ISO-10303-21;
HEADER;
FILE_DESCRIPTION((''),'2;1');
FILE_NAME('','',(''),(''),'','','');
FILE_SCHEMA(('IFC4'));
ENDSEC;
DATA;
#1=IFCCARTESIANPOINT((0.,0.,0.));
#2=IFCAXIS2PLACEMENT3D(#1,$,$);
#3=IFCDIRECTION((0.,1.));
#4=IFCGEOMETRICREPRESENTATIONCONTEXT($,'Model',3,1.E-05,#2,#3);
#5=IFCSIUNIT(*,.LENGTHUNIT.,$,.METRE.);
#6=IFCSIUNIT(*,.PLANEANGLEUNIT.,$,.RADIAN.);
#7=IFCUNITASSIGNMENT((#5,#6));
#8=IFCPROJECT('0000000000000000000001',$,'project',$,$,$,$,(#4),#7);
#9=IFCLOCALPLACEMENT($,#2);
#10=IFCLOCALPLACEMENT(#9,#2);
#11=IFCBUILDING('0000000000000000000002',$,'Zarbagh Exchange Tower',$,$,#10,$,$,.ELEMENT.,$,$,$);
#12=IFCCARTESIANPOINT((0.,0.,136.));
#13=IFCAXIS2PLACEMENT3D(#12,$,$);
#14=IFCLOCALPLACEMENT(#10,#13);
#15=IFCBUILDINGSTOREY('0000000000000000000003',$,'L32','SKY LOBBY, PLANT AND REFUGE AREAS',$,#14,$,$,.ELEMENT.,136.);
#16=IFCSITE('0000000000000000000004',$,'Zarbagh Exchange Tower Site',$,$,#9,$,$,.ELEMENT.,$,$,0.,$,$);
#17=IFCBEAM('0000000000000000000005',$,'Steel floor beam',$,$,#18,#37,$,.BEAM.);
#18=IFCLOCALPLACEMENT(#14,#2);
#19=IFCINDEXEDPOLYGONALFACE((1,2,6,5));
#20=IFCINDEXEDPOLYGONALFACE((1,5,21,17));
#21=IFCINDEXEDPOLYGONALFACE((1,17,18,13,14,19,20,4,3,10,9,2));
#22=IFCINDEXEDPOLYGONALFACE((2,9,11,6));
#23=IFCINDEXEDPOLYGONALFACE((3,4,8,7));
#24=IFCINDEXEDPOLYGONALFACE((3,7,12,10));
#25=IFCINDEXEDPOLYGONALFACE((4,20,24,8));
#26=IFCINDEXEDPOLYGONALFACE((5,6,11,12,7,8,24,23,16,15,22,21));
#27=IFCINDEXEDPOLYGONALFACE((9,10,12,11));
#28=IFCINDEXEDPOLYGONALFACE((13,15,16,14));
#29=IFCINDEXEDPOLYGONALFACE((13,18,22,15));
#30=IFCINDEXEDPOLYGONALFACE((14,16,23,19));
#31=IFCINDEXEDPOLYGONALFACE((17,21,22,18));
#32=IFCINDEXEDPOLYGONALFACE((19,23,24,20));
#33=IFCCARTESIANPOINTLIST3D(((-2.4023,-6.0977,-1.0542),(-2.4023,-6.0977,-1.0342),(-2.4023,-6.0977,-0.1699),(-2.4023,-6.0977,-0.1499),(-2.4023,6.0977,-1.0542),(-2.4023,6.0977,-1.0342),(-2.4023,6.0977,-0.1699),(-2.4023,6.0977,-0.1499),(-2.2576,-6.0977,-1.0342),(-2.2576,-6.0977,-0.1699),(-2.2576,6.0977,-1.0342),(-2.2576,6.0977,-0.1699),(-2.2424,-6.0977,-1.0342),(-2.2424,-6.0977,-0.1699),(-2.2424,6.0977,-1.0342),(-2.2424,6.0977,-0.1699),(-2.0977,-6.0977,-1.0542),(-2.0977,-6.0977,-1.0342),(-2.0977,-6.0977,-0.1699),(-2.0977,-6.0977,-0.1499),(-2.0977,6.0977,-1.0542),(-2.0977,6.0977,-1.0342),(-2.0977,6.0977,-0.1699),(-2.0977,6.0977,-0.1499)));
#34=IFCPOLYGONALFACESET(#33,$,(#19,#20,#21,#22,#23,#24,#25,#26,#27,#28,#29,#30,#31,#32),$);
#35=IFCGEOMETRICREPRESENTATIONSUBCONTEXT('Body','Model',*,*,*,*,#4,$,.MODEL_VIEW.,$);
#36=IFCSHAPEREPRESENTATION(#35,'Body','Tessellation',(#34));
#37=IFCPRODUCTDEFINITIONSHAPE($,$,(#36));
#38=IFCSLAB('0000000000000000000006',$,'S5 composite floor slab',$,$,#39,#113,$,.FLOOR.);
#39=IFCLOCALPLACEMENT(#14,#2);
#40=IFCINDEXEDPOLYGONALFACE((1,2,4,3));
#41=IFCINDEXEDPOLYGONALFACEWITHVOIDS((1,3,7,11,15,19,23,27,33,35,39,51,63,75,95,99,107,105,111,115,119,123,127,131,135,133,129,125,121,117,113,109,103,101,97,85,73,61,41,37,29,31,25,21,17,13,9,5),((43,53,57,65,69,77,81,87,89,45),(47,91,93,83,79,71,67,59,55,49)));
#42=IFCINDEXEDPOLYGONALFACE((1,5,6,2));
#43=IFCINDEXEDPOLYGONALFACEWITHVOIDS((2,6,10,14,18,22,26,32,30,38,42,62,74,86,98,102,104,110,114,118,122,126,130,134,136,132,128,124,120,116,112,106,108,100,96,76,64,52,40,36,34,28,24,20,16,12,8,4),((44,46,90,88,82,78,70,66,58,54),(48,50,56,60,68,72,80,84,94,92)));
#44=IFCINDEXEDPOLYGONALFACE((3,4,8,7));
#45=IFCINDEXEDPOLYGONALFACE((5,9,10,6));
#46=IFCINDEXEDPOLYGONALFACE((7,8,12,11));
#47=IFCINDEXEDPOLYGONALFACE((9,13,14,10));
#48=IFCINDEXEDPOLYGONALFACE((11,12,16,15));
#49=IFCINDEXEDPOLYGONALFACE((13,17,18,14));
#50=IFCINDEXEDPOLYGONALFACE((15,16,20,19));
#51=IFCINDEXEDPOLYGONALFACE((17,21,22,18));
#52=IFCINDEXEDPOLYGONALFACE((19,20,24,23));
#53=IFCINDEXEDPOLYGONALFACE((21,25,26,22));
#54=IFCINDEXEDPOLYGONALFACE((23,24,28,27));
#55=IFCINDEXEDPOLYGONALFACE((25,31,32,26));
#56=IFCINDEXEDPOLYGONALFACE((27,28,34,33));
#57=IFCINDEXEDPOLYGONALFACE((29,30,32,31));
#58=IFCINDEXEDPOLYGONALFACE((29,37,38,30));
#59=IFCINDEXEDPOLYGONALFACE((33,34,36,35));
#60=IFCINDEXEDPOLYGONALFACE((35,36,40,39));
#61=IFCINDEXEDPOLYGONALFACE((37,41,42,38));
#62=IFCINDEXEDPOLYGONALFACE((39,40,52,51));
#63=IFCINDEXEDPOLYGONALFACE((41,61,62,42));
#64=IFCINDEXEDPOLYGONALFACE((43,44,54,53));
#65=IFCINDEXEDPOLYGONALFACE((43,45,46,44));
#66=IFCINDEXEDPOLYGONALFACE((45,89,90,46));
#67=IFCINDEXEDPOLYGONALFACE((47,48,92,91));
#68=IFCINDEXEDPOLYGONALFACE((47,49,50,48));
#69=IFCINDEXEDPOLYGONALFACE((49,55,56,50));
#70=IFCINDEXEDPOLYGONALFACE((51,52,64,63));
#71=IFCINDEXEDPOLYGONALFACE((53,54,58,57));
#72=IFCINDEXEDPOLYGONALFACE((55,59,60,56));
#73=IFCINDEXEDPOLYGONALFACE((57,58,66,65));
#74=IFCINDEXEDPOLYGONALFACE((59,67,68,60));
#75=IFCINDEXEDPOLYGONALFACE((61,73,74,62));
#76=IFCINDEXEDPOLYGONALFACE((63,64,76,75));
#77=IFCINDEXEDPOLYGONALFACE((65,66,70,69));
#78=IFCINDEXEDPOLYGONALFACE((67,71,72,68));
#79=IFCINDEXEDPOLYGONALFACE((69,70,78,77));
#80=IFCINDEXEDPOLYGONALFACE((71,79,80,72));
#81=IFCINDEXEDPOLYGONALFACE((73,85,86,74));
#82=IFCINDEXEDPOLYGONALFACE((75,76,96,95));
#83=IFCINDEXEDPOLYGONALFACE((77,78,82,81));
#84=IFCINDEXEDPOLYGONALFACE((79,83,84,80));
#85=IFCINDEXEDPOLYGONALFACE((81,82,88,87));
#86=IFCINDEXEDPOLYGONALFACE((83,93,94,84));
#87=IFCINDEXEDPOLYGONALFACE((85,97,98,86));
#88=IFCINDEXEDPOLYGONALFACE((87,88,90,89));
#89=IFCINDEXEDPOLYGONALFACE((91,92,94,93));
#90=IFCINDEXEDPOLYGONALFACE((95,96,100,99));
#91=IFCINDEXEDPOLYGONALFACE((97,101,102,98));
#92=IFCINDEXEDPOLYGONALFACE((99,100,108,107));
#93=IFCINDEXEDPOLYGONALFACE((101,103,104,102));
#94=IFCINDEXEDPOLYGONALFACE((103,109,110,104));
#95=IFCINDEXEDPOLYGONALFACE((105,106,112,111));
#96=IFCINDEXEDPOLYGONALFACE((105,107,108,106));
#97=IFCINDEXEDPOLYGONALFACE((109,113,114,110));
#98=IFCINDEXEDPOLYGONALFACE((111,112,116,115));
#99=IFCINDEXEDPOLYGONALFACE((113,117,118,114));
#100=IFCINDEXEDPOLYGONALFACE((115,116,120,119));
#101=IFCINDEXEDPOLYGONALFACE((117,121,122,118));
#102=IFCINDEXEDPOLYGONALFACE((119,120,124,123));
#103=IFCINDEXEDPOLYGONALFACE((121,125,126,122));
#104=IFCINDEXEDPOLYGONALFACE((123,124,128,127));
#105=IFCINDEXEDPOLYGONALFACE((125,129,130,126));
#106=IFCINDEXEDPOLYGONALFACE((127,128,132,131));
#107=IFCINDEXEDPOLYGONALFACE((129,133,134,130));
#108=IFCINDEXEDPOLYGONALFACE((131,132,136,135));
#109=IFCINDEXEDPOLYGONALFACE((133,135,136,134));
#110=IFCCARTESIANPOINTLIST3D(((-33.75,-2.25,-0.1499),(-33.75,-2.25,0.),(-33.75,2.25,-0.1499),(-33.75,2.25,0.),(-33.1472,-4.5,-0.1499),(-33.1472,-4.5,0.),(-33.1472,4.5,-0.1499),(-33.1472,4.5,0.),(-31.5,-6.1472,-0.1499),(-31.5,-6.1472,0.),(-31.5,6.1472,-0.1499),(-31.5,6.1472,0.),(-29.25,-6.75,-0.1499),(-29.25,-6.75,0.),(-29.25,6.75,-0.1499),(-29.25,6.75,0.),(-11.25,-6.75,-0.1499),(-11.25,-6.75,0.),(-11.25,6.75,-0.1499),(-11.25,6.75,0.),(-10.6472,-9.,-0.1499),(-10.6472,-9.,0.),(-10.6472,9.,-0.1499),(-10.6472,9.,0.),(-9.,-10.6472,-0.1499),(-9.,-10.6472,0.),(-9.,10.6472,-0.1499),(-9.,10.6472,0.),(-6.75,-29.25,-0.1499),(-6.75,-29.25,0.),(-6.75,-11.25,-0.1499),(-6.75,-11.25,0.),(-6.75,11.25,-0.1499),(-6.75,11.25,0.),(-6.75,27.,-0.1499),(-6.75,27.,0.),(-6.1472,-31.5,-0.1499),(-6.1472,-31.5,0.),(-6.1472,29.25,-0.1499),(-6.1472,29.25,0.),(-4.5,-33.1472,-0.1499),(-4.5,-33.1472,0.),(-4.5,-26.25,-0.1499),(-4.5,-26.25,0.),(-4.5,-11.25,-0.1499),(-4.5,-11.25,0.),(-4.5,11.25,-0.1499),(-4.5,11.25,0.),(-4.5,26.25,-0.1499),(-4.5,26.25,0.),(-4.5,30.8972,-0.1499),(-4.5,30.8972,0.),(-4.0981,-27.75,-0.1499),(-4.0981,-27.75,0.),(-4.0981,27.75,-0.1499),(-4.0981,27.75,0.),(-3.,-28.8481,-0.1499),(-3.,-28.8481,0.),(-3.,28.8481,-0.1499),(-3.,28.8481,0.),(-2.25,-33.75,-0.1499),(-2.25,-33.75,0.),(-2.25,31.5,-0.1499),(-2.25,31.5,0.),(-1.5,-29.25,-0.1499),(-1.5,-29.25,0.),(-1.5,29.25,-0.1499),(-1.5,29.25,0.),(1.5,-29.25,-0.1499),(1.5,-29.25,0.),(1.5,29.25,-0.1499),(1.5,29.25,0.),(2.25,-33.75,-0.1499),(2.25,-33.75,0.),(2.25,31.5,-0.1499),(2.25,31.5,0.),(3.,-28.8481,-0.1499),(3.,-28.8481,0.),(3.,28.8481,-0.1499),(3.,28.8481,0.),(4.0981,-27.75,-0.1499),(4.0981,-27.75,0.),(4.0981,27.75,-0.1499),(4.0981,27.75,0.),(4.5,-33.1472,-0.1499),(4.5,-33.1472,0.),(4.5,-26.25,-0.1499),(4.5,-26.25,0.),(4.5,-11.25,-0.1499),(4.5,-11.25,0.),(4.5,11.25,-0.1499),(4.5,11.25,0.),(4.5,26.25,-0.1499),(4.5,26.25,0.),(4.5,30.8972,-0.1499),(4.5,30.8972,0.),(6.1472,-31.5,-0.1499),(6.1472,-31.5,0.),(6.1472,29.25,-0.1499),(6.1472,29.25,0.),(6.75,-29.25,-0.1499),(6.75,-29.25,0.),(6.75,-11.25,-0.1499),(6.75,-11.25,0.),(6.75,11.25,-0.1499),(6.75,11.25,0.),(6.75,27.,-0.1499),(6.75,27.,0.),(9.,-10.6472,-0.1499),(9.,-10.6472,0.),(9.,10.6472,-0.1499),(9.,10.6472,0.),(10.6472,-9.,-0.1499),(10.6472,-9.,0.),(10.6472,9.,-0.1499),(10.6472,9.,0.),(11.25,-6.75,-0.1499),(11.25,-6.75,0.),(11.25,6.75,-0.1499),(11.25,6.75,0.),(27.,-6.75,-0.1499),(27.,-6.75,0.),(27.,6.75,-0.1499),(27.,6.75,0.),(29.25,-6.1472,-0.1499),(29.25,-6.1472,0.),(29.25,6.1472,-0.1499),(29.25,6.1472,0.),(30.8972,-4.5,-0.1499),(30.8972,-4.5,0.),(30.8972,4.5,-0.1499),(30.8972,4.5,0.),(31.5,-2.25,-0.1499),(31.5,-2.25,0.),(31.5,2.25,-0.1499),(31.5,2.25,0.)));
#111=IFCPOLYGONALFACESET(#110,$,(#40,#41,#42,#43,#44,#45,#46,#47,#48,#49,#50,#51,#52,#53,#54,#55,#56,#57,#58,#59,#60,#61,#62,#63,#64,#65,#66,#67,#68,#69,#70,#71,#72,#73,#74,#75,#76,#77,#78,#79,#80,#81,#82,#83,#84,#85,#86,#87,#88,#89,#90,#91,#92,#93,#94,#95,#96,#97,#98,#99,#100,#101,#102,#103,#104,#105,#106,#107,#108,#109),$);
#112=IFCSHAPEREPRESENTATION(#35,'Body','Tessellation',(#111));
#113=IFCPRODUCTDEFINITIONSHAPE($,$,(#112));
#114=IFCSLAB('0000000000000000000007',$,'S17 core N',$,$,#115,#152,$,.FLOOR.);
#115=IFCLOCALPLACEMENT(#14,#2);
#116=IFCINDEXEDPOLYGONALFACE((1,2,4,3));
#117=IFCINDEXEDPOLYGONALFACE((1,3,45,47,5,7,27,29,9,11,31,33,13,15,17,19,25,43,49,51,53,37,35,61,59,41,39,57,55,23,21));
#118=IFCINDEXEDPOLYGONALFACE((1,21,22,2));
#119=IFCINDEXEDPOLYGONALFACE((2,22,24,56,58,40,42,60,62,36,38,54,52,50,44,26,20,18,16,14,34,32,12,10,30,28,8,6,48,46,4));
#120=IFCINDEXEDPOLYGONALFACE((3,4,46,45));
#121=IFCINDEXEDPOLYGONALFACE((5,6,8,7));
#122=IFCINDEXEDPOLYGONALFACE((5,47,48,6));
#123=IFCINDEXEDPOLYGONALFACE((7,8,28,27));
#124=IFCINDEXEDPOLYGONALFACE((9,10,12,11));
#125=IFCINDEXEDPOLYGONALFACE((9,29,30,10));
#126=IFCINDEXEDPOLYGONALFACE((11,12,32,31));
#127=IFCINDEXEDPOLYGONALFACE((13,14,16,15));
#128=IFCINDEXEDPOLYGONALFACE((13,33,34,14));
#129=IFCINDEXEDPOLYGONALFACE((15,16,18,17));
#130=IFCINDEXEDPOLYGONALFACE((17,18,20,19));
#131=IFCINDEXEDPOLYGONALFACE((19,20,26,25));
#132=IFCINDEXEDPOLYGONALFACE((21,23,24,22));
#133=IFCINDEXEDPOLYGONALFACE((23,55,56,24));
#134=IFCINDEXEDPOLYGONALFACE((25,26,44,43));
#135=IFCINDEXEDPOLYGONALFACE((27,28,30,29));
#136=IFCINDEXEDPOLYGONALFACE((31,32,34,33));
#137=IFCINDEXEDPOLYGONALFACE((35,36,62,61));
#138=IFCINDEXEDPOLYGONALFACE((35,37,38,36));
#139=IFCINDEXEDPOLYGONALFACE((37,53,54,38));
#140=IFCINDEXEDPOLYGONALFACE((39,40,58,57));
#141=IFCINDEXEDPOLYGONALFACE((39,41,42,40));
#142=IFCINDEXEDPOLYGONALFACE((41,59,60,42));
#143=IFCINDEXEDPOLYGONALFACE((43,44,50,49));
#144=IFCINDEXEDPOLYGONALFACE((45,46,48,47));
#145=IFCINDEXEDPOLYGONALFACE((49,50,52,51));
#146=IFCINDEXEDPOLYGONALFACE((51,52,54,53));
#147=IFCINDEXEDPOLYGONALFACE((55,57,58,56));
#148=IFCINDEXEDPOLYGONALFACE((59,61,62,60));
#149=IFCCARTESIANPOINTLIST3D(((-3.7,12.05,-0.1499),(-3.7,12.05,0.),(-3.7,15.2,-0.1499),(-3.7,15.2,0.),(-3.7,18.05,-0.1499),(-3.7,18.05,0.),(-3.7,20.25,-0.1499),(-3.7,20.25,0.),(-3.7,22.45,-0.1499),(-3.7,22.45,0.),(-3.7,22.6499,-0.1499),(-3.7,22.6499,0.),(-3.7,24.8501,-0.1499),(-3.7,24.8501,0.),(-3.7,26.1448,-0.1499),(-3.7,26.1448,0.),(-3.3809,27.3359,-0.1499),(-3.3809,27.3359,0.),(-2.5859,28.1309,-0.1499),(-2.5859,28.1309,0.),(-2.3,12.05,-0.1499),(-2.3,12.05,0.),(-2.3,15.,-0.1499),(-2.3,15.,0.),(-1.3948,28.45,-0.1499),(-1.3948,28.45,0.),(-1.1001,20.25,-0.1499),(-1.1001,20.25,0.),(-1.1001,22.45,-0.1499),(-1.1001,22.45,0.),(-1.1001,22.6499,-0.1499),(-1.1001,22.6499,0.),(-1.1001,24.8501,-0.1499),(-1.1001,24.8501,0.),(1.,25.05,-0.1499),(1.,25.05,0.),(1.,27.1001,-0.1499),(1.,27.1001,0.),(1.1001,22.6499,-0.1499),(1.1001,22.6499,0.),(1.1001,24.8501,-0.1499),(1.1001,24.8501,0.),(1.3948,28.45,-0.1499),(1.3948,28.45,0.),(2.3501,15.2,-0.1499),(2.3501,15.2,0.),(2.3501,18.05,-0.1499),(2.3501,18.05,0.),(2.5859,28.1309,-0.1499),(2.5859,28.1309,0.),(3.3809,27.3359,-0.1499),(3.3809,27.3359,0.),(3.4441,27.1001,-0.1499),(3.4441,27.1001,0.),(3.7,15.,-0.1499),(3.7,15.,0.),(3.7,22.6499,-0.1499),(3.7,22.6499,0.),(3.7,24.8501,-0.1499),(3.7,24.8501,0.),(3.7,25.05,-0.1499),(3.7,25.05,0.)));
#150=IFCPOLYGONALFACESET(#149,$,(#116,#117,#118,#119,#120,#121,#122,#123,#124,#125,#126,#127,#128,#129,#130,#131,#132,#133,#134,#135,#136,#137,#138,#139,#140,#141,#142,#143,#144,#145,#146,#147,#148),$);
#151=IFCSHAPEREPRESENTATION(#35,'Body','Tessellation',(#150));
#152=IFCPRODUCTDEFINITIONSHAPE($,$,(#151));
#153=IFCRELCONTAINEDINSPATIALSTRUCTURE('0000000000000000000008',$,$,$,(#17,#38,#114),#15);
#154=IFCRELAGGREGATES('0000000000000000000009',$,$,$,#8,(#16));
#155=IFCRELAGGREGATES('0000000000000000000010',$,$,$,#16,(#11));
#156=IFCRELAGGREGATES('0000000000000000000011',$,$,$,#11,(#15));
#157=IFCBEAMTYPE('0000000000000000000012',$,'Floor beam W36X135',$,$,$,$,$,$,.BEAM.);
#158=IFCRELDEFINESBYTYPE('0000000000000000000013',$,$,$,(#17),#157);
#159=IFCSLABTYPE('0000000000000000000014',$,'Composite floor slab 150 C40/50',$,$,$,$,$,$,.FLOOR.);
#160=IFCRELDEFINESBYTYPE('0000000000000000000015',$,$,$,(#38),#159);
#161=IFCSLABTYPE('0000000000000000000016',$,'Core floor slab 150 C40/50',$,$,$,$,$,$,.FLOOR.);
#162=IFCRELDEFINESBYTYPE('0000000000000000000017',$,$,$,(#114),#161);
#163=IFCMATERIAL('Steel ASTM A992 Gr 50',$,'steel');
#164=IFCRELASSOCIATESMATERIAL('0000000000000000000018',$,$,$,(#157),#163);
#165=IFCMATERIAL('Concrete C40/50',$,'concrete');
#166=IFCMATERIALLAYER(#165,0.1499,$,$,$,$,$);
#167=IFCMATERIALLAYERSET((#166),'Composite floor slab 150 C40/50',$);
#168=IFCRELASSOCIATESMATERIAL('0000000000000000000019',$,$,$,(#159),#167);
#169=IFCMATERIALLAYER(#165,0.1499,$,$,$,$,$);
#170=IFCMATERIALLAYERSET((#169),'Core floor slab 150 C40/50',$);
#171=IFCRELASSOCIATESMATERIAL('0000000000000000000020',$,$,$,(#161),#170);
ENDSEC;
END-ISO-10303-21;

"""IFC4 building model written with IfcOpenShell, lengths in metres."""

from ifc_helpers import new_model, si_unit, direction, frame, origin, origin_2d, place, context, subcontext, project, spatial, polyline, i_section, outline, extrude, material, layer, layer_set, material_profile, profile_set, type_object, element, save


model = new_model("IFC4")

# Units and contexts
model_context = context("Model", 3, precision=1e-05, world=origin(), true_north=direction((0.0, 1.0)))
body_context = subcontext(model_context, "Body", "Model", "MODEL_VIEW")
ifc_project = project(units=[si_unit("LENGTHUNIT", "METRE"), si_unit("PLANEANGLEUNIT", "RADIAN")], contexts=[model_context])

# Site, building, storey
site_placement = place(None, origin())
site = spatial("IfcSite", under=ifc_project, at=site_placement, Name="Zarbagh Exchange Tower Site", CompositionType="ELEMENT", RefElevation=0.0)
building_placement = place(site_placement, origin())
building = spatial("IfcBuilding", under=site, at=building_placement, Name="Zarbagh Exchange Tower", CompositionType="ELEMENT")
storey_placement = place(building_placement, frame((0.0, 0.0, 136.0)))
storey = spatial("IfcBuildingStorey", under=building, at=storey_placement, Name="L32", Description="SKY LOBBY, PLANT AND REFUGE AREAS", CompositionType="ELEMENT", Elevation=136.0)

# Beam
ifc_material_1 = material(Name="Steel ASTM A992 Gr 50", Category="steel")
ifc_material_profile = material_profile(ifc_material_1, i_section(OverallWidth=0.3047, OverallDepth=0.9043, WebThickness=0.0151, FlangeThickness=0.02, at=origin_2d()), Name="W36X135")
ifc_profile_set = profile_set([ifc_material_profile], Name="Steel ASTM A992 Gr 50")
beam_type = type_object("IfcBeamType", Name="Floor beam W36X135", PredefinedType="BEAM", material=ifc_profile_set)
beam_placement = place(storey_placement, frame((-2.25, -6.0977, -0.6021), z_axis=(0.0, 1.0, 0.0), x_axis=(-1.0, 0.0, 0.0)))
element("IfcBeam", 1, at=beam_placement, inside=storey, type_object=beam_type, Name="Steel floor beam", PredefinedType="BEAM", context=body_context, shape_type="SweptSolid", body=[
    extrude(i_section(OverallWidth=0.3047, OverallDepth=0.9043, WebThickness=0.0151, FlangeThickness=0.02, at=origin_2d()), origin(), (0.0, 0.0, 1.0), 12.1953),
])

# Slabs
ifc_material_2 = material(Name="Concrete C40/50", Category="concrete")
ifc_layer_1 = layer(ifc_material_2, 0.1499)
ifc_layer_set_1 = layer_set([ifc_layer_1], Name="Composite floor slab 150 C40/50")
slab_type_1 = type_object("IfcSlabType", Name="Composite floor slab 150 C40/50", PredefinedType="FLOOR", material=ifc_layer_set_1)
slab_1_placement = place(storey_placement, frame((0.0, 0.0, -0.1499)))
element("IfcSlab", 2, at=slab_1_placement, inside=storey, type_object=slab_type_1, Name="S5 composite floor slab", PredefinedType="FLOOR", context=body_context, shape_type="SweptSolid", body=[
    extrude(outline(polyline([(-2.25, -33.75), (-4.5, -33.1472), (-6.1472, -31.5), (-6.75, -29.25), (-6.75, -11.25), (-9.0, -10.6472), (-10.6472, -9.0), (-11.25, -6.75), (-29.25, -6.75), (-31.5, -6.1472), (-33.1472, -4.5), (-33.75, -2.25), (-33.75, 2.25), (-33.1472, 4.5), (-31.5, 6.1472), (-29.25, 6.75), (-11.25, 6.75), (-10.6472, 9.0), (-9.0, 10.6472), (-6.75, 11.25), (-6.75, 27.0), (-6.1472, 29.25), (-4.5, 30.8972), (-2.25, 31.5), (2.25, 31.5), (4.5, 30.8972), (6.1472, 29.25), (6.75, 27.0), (6.75, 11.25), (9.0, 10.6472), (10.6472, 9.0), (11.25, 6.75), (27.0, 6.75), (29.25, 6.1472), (30.8972, 4.5), (31.5, 2.25), (31.5, -2.25), (30.8972, -4.5), (29.25, -6.1472), (27.0, -6.75), (11.25, -6.75), (10.6472, -9.0), (9.0, -10.6472), (6.75, -11.25), (6.75, -29.25), (6.1472, -31.5), (4.5, -33.1472), (2.25, -33.75), (-2.25, -33.75)]), holes=[polyline([(4.5, 11.25), (4.5, 26.25), (4.0981, 27.75), (3.0, 28.8481), (1.5, 29.25), (-1.5, 29.25), (-3.0, 28.8481), (-4.0981, 27.75), (-4.5, 26.25), (-4.5, 11.25), (4.5, 11.25)]), polyline([(-1.5, -29.25), (1.5, -29.25), (3.0, -28.8481), (4.0981, -27.75), (4.5, -26.25), (4.5, -11.25), (-4.5, -11.25), (-4.5, -26.25), (-4.0981, -27.75), (-3.0, -28.8481), (-1.5, -29.25)])]), origin(), (0.0, 0.0, 1.0), 0.1499),
])
ifc_layer_2 = layer(ifc_material_2, 0.1499)
ifc_layer_set_2 = layer_set([ifc_layer_2], Name="Core floor slab 150 C40/50")
slab_type_2 = type_object("IfcSlabType", Name="Core floor slab 150 C40/50", PredefinedType="FLOOR", material=ifc_layer_set_2)
slab_2_placement = place(storey_placement, frame((0.0, 0.0, -0.1499)))
element("IfcSlab", 3, at=slab_2_placement, inside=storey, type_object=slab_type_2, Name="S17 core N", PredefinedType="FLOOR", context=body_context, shape_type="SweptSolid", body=[
    extrude(outline(polyline([(-3.7, 12.05), (-3.7, 15.2), (2.3501, 15.2), (2.3501, 18.05), (-3.7, 18.05), (-3.7, 20.25), (-1.1001, 20.25), (-1.1001, 22.45), (-3.7, 22.45), (-3.7, 22.6499), (-1.1001, 22.6499), (-1.1001, 24.8501), (-3.7, 24.8501), (-3.7, 26.1448), (-3.3809, 27.3359), (-2.5859, 28.1309), (-1.3948, 28.45), (1.3948, 28.45), (2.5859, 28.1309), (3.3809, 27.3359), (3.6465, 26.3447), (3.4441, 27.1001), (1.0, 27.1001), (1.0, 25.05), (3.7, 25.05), (3.7, 24.8501), (1.1001, 24.8501), (1.1001, 22.6499), (3.7, 22.6499), (3.7, 15.0), (-2.3, 15.0), (-2.3, 12.05), (-3.7, 12.05)])), origin(), (0.0, 0.0, 1.0), 0.1499),
])

save(model, "model.ifc")
